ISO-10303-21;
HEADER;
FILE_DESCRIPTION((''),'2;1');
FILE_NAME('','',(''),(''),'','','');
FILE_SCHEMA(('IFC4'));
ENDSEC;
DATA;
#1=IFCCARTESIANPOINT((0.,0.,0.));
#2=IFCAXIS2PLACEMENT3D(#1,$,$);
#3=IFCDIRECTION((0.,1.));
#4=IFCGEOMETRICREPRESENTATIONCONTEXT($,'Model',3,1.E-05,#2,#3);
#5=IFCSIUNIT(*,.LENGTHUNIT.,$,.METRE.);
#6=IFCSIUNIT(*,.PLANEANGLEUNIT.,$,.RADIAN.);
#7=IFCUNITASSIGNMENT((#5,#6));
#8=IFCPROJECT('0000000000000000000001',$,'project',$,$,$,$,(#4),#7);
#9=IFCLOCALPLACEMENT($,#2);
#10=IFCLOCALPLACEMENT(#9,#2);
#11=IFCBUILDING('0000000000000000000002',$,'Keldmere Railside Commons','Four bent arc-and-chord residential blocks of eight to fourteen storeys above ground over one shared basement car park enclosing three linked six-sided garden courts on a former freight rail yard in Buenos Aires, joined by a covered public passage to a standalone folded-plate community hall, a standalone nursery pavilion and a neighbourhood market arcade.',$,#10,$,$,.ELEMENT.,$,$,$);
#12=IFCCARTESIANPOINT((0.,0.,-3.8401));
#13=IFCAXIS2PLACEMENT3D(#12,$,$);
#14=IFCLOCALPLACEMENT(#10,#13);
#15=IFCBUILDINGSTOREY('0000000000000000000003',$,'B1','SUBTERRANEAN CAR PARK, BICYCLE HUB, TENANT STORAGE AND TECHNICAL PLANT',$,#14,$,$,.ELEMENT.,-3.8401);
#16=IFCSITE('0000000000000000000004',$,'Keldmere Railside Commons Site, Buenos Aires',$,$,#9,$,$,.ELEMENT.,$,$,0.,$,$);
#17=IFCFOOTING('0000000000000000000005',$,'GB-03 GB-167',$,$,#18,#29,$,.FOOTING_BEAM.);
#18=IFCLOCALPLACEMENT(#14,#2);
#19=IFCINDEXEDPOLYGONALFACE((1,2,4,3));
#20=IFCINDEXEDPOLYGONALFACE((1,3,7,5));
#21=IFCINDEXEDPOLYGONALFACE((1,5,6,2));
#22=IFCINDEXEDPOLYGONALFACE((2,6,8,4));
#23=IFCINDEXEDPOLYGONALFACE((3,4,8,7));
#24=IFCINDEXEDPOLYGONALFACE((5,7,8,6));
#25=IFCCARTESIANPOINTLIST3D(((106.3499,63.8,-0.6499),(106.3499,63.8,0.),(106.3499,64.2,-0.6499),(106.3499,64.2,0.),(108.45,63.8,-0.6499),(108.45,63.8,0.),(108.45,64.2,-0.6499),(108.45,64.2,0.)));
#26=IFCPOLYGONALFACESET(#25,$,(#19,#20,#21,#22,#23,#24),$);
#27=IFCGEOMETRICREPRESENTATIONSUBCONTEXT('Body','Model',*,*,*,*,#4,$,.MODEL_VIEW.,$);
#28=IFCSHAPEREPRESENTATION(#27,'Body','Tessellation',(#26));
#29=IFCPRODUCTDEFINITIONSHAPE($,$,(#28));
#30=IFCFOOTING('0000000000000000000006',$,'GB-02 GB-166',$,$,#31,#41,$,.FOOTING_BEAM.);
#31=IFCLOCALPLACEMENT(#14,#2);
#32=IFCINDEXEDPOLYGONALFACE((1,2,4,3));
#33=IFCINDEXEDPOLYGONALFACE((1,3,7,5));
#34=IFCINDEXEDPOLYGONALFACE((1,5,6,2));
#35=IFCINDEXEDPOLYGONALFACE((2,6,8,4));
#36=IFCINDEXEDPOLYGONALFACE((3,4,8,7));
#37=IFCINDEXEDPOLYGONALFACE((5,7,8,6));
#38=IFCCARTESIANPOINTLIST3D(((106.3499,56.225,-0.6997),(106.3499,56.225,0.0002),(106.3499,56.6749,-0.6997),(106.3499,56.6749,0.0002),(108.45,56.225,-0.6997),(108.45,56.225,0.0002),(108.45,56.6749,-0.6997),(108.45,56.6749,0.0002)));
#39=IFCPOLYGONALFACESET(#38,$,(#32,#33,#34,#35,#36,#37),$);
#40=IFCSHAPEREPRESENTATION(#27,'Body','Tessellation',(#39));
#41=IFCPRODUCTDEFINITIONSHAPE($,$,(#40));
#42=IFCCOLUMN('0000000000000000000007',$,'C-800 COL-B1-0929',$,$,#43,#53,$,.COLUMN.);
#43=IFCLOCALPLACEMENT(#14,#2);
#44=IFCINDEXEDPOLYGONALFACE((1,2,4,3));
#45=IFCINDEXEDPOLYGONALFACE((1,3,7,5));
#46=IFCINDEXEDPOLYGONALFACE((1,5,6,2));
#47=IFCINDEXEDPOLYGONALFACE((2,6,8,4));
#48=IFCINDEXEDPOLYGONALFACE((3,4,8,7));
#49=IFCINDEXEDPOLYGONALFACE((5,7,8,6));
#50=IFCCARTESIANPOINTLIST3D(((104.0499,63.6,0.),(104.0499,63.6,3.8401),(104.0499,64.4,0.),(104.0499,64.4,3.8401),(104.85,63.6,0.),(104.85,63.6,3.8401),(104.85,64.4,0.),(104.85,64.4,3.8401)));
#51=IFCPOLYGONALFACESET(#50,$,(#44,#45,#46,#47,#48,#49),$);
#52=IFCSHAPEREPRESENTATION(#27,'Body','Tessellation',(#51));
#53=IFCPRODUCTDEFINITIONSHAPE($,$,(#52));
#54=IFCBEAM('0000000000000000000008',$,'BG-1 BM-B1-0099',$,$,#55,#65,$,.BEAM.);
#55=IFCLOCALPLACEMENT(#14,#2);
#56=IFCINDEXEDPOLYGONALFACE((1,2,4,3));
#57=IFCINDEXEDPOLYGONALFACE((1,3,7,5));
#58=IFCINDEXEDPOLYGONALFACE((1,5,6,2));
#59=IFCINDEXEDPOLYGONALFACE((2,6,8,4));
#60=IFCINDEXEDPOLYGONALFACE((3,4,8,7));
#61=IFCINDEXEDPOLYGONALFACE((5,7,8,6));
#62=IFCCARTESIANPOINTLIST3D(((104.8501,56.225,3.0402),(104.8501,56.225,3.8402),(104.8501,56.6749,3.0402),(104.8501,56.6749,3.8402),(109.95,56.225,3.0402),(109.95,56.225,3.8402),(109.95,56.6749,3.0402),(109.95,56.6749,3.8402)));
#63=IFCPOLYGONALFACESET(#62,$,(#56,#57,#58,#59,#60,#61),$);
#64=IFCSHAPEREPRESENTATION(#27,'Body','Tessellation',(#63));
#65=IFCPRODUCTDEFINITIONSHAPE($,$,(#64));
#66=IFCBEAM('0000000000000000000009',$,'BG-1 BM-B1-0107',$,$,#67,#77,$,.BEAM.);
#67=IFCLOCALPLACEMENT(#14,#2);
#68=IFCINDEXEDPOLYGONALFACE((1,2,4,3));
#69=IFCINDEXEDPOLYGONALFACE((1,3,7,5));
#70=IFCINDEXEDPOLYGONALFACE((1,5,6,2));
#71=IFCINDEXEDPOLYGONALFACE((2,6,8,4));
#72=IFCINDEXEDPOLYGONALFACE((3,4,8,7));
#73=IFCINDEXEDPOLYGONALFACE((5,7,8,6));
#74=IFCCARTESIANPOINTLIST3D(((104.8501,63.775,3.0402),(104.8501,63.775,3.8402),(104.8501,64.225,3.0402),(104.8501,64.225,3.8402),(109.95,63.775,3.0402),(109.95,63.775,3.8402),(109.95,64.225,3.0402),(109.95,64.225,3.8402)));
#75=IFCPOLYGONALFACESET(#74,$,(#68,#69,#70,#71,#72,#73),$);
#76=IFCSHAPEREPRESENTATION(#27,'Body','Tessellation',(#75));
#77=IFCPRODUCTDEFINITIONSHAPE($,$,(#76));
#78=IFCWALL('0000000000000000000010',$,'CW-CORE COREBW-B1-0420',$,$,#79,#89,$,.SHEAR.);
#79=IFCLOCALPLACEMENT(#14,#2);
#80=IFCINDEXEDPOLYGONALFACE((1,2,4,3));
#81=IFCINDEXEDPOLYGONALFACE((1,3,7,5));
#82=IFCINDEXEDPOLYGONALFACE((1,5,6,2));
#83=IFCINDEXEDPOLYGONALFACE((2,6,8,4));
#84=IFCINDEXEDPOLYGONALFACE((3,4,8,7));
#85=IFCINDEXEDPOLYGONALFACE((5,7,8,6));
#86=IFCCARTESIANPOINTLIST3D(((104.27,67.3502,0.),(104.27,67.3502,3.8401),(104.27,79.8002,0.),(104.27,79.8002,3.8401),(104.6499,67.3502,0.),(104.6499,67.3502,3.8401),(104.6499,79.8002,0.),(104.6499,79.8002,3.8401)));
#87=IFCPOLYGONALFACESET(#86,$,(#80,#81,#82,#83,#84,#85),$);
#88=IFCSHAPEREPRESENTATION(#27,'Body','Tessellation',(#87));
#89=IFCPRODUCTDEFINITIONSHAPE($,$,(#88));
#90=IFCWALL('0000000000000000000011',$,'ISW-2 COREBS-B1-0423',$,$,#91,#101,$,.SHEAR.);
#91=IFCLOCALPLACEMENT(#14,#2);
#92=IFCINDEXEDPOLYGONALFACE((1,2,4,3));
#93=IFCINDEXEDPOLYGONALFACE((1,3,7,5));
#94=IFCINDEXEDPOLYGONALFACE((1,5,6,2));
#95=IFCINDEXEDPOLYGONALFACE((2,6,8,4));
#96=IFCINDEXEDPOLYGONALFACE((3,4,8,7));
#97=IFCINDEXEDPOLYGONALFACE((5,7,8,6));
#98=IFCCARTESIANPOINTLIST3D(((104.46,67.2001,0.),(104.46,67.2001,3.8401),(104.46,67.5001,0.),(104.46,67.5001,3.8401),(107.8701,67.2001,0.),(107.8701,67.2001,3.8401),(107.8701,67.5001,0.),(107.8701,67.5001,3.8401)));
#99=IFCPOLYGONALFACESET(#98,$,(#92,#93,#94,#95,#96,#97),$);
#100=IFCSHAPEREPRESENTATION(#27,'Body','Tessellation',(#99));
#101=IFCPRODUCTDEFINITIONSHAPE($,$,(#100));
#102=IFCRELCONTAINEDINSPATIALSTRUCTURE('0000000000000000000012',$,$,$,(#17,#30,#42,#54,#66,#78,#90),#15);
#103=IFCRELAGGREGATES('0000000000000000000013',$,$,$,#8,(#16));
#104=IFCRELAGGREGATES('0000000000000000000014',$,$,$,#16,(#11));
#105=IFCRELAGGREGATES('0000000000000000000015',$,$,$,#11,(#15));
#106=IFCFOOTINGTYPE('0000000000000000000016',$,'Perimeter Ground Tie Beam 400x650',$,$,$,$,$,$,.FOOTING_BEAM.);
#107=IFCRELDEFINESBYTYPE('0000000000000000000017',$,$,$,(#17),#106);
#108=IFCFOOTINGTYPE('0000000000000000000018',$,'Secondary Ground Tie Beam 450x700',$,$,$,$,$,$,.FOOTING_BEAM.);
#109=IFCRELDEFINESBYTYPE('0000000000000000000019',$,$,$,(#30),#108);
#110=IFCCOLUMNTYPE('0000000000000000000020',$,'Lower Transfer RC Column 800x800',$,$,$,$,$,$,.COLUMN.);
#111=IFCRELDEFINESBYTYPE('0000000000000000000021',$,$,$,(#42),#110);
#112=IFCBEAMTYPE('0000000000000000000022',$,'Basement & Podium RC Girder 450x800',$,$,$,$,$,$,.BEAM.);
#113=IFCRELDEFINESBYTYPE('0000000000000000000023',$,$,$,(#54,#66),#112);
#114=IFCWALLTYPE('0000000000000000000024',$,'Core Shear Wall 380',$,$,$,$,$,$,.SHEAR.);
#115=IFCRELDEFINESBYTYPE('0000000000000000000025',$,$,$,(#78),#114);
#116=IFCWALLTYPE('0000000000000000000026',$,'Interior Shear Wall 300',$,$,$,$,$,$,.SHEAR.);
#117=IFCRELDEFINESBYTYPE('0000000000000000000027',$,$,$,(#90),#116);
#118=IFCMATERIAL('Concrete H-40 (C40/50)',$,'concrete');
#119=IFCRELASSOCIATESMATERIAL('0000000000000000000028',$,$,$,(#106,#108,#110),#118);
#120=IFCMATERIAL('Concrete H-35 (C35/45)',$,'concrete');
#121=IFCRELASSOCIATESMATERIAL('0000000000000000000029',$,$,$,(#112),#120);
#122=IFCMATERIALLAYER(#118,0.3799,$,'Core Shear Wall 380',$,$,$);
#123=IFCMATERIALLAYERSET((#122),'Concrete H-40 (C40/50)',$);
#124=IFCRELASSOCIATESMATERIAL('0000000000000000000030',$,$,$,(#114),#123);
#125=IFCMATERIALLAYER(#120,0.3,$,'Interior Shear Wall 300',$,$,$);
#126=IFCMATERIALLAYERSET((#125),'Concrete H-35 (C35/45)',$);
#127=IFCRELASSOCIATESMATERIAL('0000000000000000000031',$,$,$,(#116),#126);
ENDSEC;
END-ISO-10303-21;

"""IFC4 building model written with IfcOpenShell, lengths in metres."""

from ifc_helpers import new_model, si_unit, direction, frame, frame_2d, origin, origin_2d, place, context, subcontext, project, spatial, rectangle, extrude, material, layer, layer_set, material_profile, profile_set, type_object, element, save


model = new_model("IFC4")

# Units and contexts
model_context = context("Model", 3, precision=1e-05, world=origin(), true_north=direction((0.0, 1.0)))
body_context = subcontext(model_context, "Body", "Model", "MODEL_VIEW")
ifc_project = project(units=[si_unit("LENGTHUNIT", "METRE"), si_unit("PLANEANGLEUNIT", "RADIAN")], contexts=[model_context])

# Site, building, storey
site_placement = place(None, origin())
site = spatial("IfcSite", under=ifc_project, at=site_placement, Name="Keldmere Railside Commons Site, Buenos Aires", CompositionType="ELEMENT", RefElevation=0.0)
building_placement = place(site_placement, origin())
building = spatial("IfcBuilding", under=site, at=building_placement, Name="Keldmere Railside Commons", Description="Four bent arc-and-chord residential blocks of eight to fourteen storeys above ground over one shared basement car park enclosing three linked six-sided garden courts on a former freight rail yard in Buenos Aires, joined by a covered public passage to a standalone folded-plate community hall, a standalone nursery pavilion and a neighbourhood market arcade.", CompositionType="ELEMENT")
storey_placement = place(building_placement, frame((0.0, 0.0, -3.8401)))
storey = spatial("IfcBuildingStorey", under=building, at=storey_placement, Name="B1", Description="SUBTERRANEAN CAR PARK, BICYCLE HUB, TENANT STORAGE AND TECHNICAL PLANT", CompositionType="ELEMENT", Elevation=-3.8401)

# Footings
ifc_material_1 = material(Name="Concrete H-40 (C40/50)", Category="concrete")
footing_type_1 = type_object("IfcFootingType", Name="Perimeter Ground Tie Beam 400x650", PredefinedType="FOOTING_BEAM", material=ifc_material_1)
footing_1_placement = place(storey_placement, frame((107.3999, 64.0, -0.6499), z_axis=(0.0, 0.0, 1.0), x_axis=(1.0, 0.0, 0.0)))
element("IfcFooting", 1, at=footing_1_placement, inside=storey, type_object=footing_type_1, Name="GB-03 GB-167", PredefinedType="FOOTING_BEAM", context=body_context, shape_type="SweptSolid", body=[
    extrude(rectangle(XDim=2.1001, YDim=0.3999, at=origin_2d()), origin(), (0.0, 0.0, 1.0), 0.6499),
])
footing_type_2 = type_object("IfcFootingType", Name="Secondary Ground Tie Beam 450x700", PredefinedType="FOOTING_BEAM", material=ifc_material_1)
footing_2_placement = place(storey_placement, frame((107.3999, 56.45, -0.6997), z_axis=(0.0, 0.0, 1.0), x_axis=(1.0, 0.0, 0.0)))
element("IfcFooting", 2, at=footing_2_placement, inside=storey, type_object=footing_type_2, Name="GB-02 GB-166", PredefinedType="FOOTING_BEAM", context=body_context, shape_type="SweptSolid", body=[
    extrude(rectangle(XDim=2.1001, YDim=0.45, at=origin_2d()), origin(), (0.0, 0.0, 1.0), 0.7),
])

# Column
ifc_material_profile_1 = material_profile(ifc_material_1, rectangle(XDim=0.8, YDim=0.8, at=origin_2d()), Name="RC-800x800")
ifc_profile_set_1 = profile_set([ifc_material_profile_1], Name="Concrete H-40 (C40/50)")
column_type = type_object("IfcColumnType", Name="Lower Transfer RC Column 800x800", PredefinedType="COLUMN", material=ifc_profile_set_1)
column_placement = place(storey_placement, frame((104.45, 64.0, 0.0), z_axis=(0.0, 0.0, 1.0), x_axis=(1.0, 0.0, 0.0)))
element("IfcColumn", 3, at=column_placement, inside=storey, type_object=column_type, Name="C-800 COL-B1-0929", PredefinedType="COLUMN", context=body_context, shape_type="SweptSolid", body=[
    extrude(rectangle(XDim=0.8, YDim=0.8, at=origin_2d()), origin(), (0.0, 0.0, 1.0), 3.8401),
])

# Beams
ifc_material_2 = material(Name="Concrete H-35 (C35/45)", Category="concrete")
ifc_material_profile_2 = material_profile(ifc_material_2, rectangle(XDim=0.45, YDim=0.8, at=origin_2d()), Name="RC-450x800")
ifc_profile_set_2 = profile_set([ifc_material_profile_2], Name="Concrete H-35 (C35/45)")
beam_type = type_object("IfcBeamType", Name="Basement & Podium RC Girder 450x800", PredefinedType="BEAM", material=ifc_profile_set_2)
for number, where, z_axis, x_axis, name in (
    (4, (104.8501, 56.45, 3.4402), (1.0, 0.0, 0.0), (0.0, 1.0, 0.0), "BG-1 BM-B1-0099"),
    (5, (104.8501, 64.0, 3.4402), (1.0, 0.0, 0.0), (0.0, 1.0, 0.0), "BG-1 BM-B1-0107"),
):
    element("IfcBeam", number, at=place(storey_placement, frame(where, z_axis=z_axis, x_axis=x_axis)), inside=storey, type_object=beam_type, Name=name, PredefinedType="BEAM", context=body_context, shape_type="SweptSolid", body=[
        extrude(rectangle(XDim=0.45, YDim=0.8, at=origin_2d()), origin(), (0.0, 0.0, 1.0), 5.0999),
    ])

# Walls
ifc_layer_1 = layer(ifc_material_1, 0.3799, Name="Core Shear Wall 380")
ifc_layer_set_1 = layer_set([ifc_layer_1], Name="Concrete H-40 (C40/50)")
wall_type_1 = type_object("IfcWallType", Name="Core Shear Wall 380", PredefinedType="SHEAR", material=ifc_layer_set_1)
wall_1_placement = place(storey_placement, frame((104.46, 67.3501, 0.0), z_axis=(0.0, 0.0, 1.0), x_axis=(0.0, 1.0, 0.0)))
element("IfcWall", 6, at=wall_1_placement, inside=storey, type_object=wall_type_1, Name="CW-CORE COREBW-B1-0420", PredefinedType="SHEAR", context=body_context, shape_type="SweptSolid", body=[
    extrude(rectangle(XDim=12.45, YDim=0.3799, at=frame_2d((6.2251, 0.0))), origin(), (0.0, 0.0, 1.0), 3.8401),
])
ifc_layer_2 = layer(ifc_material_2, 0.3, Name="Interior Shear Wall 300")
ifc_layer_set_2 = layer_set([ifc_layer_2], Name="Concrete H-35 (C35/45)")
wall_type_2 = type_object("IfcWallType", Name="Interior Shear Wall 300", PredefinedType="SHEAR", material=ifc_layer_set_2)
wall_2_placement = place(storey_placement, frame((107.8701, 67.3501, 0.0), z_axis=(0.0, 0.0, 1.0), x_axis=(-1.0, 0.0, 0.0)))
element("IfcWall", 7, at=wall_2_placement, inside=storey, type_object=wall_type_2, Name="ISW-2 COREBS-B1-0423", PredefinedType="SHEAR", context=body_context, shape_type="SweptSolid", body=[
    extrude(rectangle(XDim=3.4102, YDim=0.3, at=frame_2d((1.7051, 0.0))), origin(), (0.0, 0.0, 1.0), 3.8401),
])

save(model, "model.ifc")
